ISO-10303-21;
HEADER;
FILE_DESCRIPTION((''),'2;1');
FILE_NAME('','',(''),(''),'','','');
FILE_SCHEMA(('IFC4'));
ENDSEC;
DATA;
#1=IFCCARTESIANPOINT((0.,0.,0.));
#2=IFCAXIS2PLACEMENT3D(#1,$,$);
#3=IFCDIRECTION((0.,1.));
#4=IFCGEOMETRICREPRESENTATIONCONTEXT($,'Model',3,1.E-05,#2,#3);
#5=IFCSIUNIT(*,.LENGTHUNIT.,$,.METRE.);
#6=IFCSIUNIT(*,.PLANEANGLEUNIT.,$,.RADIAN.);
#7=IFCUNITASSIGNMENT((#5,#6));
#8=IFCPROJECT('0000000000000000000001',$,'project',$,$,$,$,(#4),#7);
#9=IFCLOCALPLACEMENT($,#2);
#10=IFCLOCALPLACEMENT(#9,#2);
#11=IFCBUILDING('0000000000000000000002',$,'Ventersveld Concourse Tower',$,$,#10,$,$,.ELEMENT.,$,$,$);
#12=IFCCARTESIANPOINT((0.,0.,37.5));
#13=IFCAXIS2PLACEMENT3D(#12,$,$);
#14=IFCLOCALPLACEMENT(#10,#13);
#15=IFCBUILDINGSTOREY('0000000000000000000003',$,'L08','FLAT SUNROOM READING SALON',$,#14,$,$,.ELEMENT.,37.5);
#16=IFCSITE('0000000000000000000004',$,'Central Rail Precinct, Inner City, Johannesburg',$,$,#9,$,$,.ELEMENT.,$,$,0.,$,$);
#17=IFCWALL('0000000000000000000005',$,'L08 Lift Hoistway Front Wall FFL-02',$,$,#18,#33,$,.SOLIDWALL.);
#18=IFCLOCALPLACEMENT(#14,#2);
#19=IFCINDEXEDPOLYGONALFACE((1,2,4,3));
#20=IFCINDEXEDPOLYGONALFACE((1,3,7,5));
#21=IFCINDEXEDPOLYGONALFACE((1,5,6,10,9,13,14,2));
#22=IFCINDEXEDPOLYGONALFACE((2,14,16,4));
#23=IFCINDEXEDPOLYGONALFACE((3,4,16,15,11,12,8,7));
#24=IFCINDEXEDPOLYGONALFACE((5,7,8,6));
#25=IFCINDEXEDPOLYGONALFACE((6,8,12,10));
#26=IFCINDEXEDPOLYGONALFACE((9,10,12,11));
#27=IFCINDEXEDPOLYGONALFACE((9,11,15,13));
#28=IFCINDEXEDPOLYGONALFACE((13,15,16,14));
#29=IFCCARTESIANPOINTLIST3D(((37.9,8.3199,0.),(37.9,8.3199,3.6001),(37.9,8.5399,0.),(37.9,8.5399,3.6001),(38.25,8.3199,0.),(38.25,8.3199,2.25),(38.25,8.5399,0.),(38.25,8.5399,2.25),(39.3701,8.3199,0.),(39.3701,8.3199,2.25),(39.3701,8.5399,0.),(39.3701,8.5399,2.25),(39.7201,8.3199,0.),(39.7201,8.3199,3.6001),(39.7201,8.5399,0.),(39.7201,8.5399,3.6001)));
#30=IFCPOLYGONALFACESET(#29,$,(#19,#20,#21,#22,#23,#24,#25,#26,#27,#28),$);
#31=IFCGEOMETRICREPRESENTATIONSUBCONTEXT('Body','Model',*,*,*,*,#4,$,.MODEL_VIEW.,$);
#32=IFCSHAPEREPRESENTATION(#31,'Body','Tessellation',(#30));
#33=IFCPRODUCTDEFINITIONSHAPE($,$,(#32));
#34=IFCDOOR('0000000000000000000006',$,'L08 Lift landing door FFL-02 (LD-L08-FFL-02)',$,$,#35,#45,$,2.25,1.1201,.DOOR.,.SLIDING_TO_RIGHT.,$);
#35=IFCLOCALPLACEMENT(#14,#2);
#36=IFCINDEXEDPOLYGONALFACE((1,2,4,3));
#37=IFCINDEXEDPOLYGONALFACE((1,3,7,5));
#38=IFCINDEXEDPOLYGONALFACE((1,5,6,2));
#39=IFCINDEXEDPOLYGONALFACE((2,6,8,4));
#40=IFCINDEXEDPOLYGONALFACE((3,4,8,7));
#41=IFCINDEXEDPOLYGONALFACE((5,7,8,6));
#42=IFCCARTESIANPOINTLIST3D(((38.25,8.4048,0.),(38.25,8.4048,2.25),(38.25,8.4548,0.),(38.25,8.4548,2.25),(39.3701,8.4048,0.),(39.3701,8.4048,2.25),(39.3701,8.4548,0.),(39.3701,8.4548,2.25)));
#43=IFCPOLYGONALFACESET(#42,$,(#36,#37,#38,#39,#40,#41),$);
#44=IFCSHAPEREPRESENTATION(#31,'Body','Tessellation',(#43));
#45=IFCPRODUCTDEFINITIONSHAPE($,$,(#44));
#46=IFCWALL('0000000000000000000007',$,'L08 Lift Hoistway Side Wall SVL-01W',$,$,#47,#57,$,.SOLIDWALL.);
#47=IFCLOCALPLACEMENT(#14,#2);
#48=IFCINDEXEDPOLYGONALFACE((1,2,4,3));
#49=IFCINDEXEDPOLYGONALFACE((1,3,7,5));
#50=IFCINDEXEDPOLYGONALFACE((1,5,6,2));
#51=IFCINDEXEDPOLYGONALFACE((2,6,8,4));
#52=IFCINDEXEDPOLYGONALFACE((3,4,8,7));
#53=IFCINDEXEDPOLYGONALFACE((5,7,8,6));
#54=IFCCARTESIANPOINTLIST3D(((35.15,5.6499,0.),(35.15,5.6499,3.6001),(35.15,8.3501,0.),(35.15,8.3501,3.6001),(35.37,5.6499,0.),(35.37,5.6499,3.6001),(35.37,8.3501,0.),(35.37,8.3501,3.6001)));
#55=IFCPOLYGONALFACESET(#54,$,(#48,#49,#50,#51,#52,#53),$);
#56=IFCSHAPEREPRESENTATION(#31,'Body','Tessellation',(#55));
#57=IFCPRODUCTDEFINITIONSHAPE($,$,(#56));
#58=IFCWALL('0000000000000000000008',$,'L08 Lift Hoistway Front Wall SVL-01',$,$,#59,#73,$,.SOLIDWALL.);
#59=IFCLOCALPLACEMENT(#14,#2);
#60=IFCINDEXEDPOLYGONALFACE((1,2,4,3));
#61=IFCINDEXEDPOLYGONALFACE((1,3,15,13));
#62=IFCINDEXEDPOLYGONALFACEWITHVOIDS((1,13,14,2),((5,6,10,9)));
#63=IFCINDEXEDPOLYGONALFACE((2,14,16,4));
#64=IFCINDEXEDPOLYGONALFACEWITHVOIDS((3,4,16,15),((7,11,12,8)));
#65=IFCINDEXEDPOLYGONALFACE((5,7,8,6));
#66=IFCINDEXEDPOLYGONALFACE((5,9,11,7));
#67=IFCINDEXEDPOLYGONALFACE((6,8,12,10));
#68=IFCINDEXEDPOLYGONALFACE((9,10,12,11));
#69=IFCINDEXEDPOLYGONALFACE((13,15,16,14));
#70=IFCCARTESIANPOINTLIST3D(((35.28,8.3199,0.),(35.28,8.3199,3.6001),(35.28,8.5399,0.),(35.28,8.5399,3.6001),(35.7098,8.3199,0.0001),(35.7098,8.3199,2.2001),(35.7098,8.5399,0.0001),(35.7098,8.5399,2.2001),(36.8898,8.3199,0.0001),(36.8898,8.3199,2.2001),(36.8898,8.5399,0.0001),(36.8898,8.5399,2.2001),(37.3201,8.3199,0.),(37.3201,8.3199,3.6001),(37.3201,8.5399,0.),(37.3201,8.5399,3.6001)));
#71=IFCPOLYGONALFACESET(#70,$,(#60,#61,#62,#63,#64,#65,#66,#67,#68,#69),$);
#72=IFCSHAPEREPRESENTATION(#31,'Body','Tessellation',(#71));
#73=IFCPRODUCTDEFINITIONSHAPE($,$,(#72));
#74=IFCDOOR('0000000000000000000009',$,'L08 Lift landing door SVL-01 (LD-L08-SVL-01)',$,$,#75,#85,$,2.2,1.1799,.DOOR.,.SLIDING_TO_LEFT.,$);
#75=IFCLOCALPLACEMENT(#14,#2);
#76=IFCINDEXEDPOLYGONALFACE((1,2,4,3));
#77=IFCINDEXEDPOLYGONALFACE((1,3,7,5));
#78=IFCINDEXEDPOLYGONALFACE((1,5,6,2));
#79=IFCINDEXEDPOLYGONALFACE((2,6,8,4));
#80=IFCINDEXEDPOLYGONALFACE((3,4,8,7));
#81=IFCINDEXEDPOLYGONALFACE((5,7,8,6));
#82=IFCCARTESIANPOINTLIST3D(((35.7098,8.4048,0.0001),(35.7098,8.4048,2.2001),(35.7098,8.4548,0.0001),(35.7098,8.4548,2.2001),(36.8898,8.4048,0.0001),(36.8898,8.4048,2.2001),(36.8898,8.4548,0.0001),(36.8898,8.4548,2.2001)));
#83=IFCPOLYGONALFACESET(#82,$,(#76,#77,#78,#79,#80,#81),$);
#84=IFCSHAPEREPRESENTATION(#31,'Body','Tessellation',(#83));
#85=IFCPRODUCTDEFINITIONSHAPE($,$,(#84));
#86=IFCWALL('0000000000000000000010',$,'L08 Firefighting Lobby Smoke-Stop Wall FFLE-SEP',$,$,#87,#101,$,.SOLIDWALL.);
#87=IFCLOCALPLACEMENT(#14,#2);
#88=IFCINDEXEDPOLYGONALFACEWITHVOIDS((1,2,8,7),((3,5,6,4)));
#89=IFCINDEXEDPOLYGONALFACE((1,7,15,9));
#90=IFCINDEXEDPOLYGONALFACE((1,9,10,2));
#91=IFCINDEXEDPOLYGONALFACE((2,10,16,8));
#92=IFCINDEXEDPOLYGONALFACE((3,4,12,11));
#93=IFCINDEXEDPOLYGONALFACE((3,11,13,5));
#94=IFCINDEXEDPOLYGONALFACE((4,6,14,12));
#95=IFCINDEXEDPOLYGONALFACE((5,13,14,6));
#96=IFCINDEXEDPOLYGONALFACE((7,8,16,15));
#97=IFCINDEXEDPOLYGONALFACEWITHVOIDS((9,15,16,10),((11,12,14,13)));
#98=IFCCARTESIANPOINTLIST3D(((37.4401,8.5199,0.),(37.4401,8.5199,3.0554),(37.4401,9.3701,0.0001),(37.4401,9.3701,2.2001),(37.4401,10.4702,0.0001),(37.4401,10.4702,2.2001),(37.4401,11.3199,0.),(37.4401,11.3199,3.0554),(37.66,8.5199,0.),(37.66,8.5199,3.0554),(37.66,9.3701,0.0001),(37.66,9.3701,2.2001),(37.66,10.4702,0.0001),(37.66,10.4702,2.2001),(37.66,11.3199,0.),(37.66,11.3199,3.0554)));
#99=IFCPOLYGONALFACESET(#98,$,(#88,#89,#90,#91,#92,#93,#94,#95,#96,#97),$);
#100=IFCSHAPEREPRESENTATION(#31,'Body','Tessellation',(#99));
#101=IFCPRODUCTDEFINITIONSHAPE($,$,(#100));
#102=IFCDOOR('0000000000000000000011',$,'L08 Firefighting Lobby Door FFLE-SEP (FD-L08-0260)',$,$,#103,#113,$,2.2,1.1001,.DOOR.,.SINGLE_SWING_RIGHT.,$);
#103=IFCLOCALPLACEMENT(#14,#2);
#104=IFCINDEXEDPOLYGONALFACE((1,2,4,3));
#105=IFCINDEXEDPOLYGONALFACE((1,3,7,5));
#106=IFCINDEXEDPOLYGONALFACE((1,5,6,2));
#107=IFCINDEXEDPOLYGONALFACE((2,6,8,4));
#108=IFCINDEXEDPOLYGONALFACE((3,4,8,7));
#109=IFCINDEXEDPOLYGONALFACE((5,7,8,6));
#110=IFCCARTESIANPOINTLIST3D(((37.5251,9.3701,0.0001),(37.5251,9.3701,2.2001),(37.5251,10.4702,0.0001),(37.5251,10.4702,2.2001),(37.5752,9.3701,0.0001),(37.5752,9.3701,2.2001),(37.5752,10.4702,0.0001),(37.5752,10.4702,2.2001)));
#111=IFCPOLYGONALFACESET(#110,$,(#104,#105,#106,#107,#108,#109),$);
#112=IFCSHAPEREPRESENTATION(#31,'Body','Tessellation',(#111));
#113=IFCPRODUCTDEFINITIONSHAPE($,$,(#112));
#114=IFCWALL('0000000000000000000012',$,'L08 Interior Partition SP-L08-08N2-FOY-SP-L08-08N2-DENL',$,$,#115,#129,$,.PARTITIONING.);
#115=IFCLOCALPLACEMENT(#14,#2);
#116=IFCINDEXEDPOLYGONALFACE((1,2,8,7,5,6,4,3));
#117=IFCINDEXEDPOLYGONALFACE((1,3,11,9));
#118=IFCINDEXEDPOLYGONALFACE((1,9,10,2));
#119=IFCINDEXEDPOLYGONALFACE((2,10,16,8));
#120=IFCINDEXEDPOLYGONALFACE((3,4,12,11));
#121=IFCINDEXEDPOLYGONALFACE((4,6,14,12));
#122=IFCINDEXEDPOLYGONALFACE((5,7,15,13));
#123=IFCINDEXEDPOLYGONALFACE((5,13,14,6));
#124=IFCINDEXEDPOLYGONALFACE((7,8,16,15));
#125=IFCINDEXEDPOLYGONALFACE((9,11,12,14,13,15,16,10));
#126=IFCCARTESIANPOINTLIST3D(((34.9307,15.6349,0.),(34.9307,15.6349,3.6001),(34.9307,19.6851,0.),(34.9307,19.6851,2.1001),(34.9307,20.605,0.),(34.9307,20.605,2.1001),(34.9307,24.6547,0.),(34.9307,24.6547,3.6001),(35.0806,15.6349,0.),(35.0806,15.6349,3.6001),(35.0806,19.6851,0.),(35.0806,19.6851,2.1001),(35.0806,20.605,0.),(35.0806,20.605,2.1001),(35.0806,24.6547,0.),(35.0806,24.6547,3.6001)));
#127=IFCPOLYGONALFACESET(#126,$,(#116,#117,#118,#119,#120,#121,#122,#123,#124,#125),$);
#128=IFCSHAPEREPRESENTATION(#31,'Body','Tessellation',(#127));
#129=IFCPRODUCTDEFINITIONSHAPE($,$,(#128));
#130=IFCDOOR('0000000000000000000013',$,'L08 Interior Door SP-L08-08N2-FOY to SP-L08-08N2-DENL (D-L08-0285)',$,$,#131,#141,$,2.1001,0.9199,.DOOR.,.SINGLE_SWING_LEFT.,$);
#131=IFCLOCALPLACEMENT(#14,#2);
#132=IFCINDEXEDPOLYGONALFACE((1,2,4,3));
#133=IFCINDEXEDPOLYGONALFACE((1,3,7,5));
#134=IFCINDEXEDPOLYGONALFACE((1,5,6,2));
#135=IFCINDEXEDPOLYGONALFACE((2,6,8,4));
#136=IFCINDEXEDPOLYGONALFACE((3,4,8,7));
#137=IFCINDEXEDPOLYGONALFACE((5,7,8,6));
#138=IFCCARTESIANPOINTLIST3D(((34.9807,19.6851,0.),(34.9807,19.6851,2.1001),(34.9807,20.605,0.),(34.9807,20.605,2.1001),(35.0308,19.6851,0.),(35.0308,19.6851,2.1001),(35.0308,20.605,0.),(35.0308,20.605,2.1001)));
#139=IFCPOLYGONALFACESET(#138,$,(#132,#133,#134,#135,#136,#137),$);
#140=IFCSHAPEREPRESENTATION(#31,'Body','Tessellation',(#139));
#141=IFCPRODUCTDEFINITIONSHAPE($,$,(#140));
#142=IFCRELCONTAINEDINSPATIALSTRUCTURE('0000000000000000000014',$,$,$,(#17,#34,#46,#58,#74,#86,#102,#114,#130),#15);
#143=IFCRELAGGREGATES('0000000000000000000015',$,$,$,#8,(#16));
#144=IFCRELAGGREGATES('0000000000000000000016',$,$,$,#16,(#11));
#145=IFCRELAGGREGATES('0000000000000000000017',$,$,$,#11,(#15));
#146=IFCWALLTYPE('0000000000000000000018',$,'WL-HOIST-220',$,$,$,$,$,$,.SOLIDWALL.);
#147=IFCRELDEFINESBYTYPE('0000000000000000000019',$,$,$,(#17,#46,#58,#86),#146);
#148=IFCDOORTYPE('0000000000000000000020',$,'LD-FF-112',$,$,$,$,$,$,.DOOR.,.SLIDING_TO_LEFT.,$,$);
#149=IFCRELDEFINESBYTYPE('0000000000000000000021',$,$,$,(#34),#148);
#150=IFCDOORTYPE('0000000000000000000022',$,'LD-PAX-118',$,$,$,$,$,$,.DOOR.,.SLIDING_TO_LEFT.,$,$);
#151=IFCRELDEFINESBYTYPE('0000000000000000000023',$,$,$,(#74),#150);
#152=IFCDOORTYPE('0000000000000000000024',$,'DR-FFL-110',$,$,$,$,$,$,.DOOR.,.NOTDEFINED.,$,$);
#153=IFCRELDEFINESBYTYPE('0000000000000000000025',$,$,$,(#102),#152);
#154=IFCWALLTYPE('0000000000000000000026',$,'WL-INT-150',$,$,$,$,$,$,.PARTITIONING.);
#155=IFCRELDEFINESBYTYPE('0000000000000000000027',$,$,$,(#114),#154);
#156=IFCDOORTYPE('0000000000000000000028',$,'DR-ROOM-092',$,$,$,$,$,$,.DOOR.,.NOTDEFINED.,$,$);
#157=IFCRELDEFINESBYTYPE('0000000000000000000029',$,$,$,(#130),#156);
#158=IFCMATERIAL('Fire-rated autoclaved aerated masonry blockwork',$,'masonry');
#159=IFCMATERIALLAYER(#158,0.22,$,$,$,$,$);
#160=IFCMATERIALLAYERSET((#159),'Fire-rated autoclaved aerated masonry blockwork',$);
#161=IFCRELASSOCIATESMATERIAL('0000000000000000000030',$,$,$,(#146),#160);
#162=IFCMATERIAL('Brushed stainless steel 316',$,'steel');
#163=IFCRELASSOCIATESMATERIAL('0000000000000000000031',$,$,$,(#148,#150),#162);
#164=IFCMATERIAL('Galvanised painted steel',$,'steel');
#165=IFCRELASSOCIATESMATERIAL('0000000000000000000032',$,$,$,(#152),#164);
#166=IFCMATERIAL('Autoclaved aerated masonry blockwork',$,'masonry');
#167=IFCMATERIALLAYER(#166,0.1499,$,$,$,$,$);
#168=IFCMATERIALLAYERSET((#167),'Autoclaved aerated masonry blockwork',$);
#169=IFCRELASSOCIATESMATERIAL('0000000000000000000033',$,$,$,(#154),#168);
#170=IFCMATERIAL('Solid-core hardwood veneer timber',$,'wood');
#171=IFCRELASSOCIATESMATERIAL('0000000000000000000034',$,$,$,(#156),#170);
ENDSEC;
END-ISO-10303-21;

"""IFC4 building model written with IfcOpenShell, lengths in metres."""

from ifc_helpers import new_model, si_unit, direction, frame, frame_2d, origin, place, context, subcontext, project, spatial, rectangle, extrude, material, layer, layer_set, type_object, element, fill, save


model = new_model("IFC4")

# Units and contexts
model_context = context("Model", 3, precision=1e-05, world=origin(), true_north=direction((0.0, 1.0)))
body_context = subcontext(model_context, "Body", "Model", "MODEL_VIEW")
ifc_project = project(units=[si_unit("LENGTHUNIT", "METRE"), si_unit("PLANEANGLEUNIT", "RADIAN")], contexts=[model_context])

# Site, building, storey
site_placement = place(None, origin())
site = spatial("IfcSite", under=ifc_project, at=site_placement, Name="Central Rail Precinct, Inner City, Johannesburg", CompositionType="ELEMENT", RefElevation=0.0)
building_placement = place(site_placement, origin())
building = spatial("IfcBuilding", under=site, at=building_placement, Name="Ventersveld Concourse Tower", CompositionType="ELEMENT")
storey_placement = place(building_placement, frame((0.0, 0.0, 37.5)))
storey = spatial("IfcBuildingStorey", under=building, at=storey_placement, Name="L08", Description="FLAT SUNROOM READING SALON", CompositionType="ELEMENT", Elevation=37.5)

# Shared definitions
ifc_material_1 = material(Name="Fire-rated autoclaved aerated masonry blockwork", Category="masonry")

# Shared definitions
ifc_material_2 = material(Name="Solid-core hardwood veneer timber", Category="wood")

# Shared definitions
ifc_layer_1 = layer(ifc_material_1, 0.22)
ifc_layer_set_1 = layer_set([ifc_layer_1], Name="Fire-rated autoclaved aerated masonry blockwork")
wall_type_1 = type_object("IfcWallType", Name="WL-HOIST-220", PredefinedType="SOLIDWALL", material=ifc_layer_set_1)

# Wall, opening, door
wall_1_placement = place(storey_placement, frame((37.8999, 8.4299, 0.0), z_axis=(0.0, 0.0, 1.0), x_axis=(1.0, 0.0, 0.0)))
wall_1 = element("IfcWall", 1, at=wall_1_placement, inside=storey, type_object=wall_type_1, Name="L08 Lift Hoistway Front Wall FFL-02", PredefinedType="SOLIDWALL", context=body_context, shape_type="SweptSolid", body=[
    extrude(rectangle(XDim=1.8201, YDim=0.22, at=frame_2d((0.9102, 0.0))), origin(), (0.0, 0.0, 1.0), 3.6001),
])
opening_1_placement = place(wall_1_placement, frame((0.3501, 0.0, 0.0)))
opening_1 = element("IfcOpeningElement", 2, at=opening_1_placement, cuts=wall_1, PredefinedType="OPENING", context=body_context, shape_type="SweptSolid", body=[
    extrude(rectangle(XDim=1.1201, YDim=2.25, at=frame_2d((0.5601, 1.125))), frame((0.0, 0.1201, 0.0), z_axis=(0.0, -1.0, 0.0), x_axis=(1.0, 0.0, 0.0)), (0.0, 0.0, 1.0), 0.24),
])
ifc_material_3 = material(Name="Brushed stainless steel 316", Category="steel")
door_type_1 = type_object("IfcDoorType", Name="LD-FF-112", OperationType="SLIDING_TO_LEFT", PredefinedType="DOOR", material=ifc_material_3)
door_1_placement = place(opening_1_placement, origin())
door_1 = element("IfcDoor", 3, at=door_1_placement, inside=storey, type_object=door_type_1, Name="L08 Lift landing door FFL-02 (LD-L08-FFL-02)", OperationType="SLIDING_TO_RIGHT", OverallHeight=2.25, OverallWidth=1.1201, PredefinedType="DOOR", context=body_context, shape_type="SweptSolid", body=[
    extrude(rectangle(XDim=1.1201, YDim=2.25, at=frame_2d((0.5601, 1.125))), frame((0.0, 0.0249, 0.0), z_axis=(0.0, -1.0, 0.0), x_axis=(1.0, 0.0, 0.0)), (0.0, 0.0, 1.0), 0.05),
])
fill(opening_1, door_1)

# Wall
wall_2_placement = place(storey_placement, frame((35.26, 5.6499, 0.0), z_axis=(0.0, 0.0, 1.0), x_axis=(0.0, 1.0, 0.0)))
element("IfcWall", 4, at=wall_2_placement, inside=storey, type_object=wall_type_1, Name="L08 Lift Hoistway Side Wall SVL-01W", PredefinedType="SOLIDWALL", context=body_context, shape_type="SweptSolid", body=[
    extrude(rectangle(XDim=2.7002, YDim=0.22, at=frame_2d((1.3501, 0.0))), origin(), (0.0, 0.0, 1.0), 3.6001),
])

# Walls, openings, doors
wall_3_placement = place(storey_placement, frame((35.28, 8.4299, 0.0), z_axis=(0.0, 0.0, 1.0), x_axis=(1.0, 0.0, 0.0)))
wall_3 = element("IfcWall", 5, at=wall_3_placement, inside=storey, type_object=wall_type_1, Name="L08 Lift Hoistway Front Wall SVL-01", PredefinedType="SOLIDWALL", context=body_context, shape_type="SweptSolid", body=[
    extrude(rectangle(XDim=2.04, YDim=0.22, at=frame_2d((1.02, 0.0))), origin(), (0.0, 0.0, 1.0), 3.6001),
])
opening_2_placement = place(wall_3_placement, frame((0.4299, 0.0, 0.0)))
opening_2 = element("IfcOpeningElement", 6, at=opening_2_placement, cuts=wall_3, PredefinedType="OPENING", context=body_context, shape_type="SweptSolid", body=[
    extrude(rectangle(XDim=1.1799, YDim=2.2, at=frame_2d((0.5898, 1.1001))), frame((0.0, 0.1201, 0.0), z_axis=(0.0, -1.0, 0.0), x_axis=(1.0, 0.0, 0.0)), (0.0, 0.0, 1.0), 0.24),
])
door_type_2 = type_object("IfcDoorType", Name="LD-PAX-118", OperationType="SLIDING_TO_LEFT", PredefinedType="DOOR", material=ifc_material_3)
door_2_placement = place(opening_2_placement, origin())
door_2 = element("IfcDoor", 7, at=door_2_placement, inside=storey, type_object=door_type_2, Name="L08 Lift landing door SVL-01 (LD-L08-SVL-01)", OperationType="SLIDING_TO_LEFT", OverallHeight=2.2, OverallWidth=1.1799, PredefinedType="DOOR", context=body_context, shape_type="SweptSolid", body=[
    extrude(rectangle(XDim=1.1799, YDim=2.2, at=frame_2d((0.5898, 1.1001))), frame((0.0, 0.0249, 0.0), z_axis=(0.0, -1.0, 0.0), x_axis=(1.0, 0.0, 0.0)), (0.0, 0.0, 1.0), 0.05),
])
fill(opening_2, door_2)
wall_4_placement = place(storey_placement, frame((37.55, 8.52, 0.0), z_axis=(0.0, 0.0, 1.0), x_axis=(0.0, 1.0, 0.0)))
wall_4 = element("IfcWall", 8, at=wall_4_placement, inside=storey, type_object=wall_type_1, Name="L08 Firefighting Lobby Smoke-Stop Wall FFLE-SEP", PredefinedType="SOLIDWALL", context=body_context, shape_type="SweptSolid", body=[
    extrude(rectangle(XDim=2.8, YDim=0.22, at=frame_2d((1.3999, 0.0))), origin(), (0.0, 0.0, 1.0), 3.0554),
])
opening_3_placement = place(wall_4_placement, frame((0.8501, 0.0, 0.0)))
opening_3 = element("IfcOpeningElement", 9, at=opening_3_placement, cuts=wall_4, PredefinedType="OPENING", context=body_context, shape_type="SweptSolid", body=[
    extrude(rectangle(XDim=1.1001, YDim=2.2, at=frame_2d((0.55, 1.1001))), frame((0.0, 0.1201, 0.0), z_axis=(0.0, -1.0, 0.0), x_axis=(1.0, 0.0, 0.0)), (0.0, 0.0, 1.0), 0.24),
])
ifc_material_4 = material(Name="Galvanised painted steel", Category="steel")
door_type_3 = type_object("IfcDoorType", Name="DR-FFL-110", OperationType="NOTDEFINED", PredefinedType="DOOR", material=ifc_material_4)
door_3_placement = place(opening_3_placement, origin())
door_3 = element("IfcDoor", 10, at=door_3_placement, inside=storey, type_object=door_type_3, Name="L08 Firefighting Lobby Door FFLE-SEP (FD-L08-0260)", OperationType="SINGLE_SWING_RIGHT", OverallHeight=2.2, OverallWidth=1.1001, PredefinedType="DOOR", context=body_context, shape_type="SweptSolid", body=[
    extrude(rectangle(XDim=1.1001, YDim=2.2, at=frame_2d((0.55, 1.1001))), frame((0.0, 0.0249, 0.0), z_axis=(0.0, -1.0, 0.0), x_axis=(1.0, 0.0, 0.0)), (0.0, 0.0, 1.0), 0.05),
])
fill(opening_3, door_3)
ifc_material_5 = material(Name="Autoclaved aerated masonry blockwork", Category="masonry")
ifc_layer_2 = layer(ifc_material_5, 0.1499)
ifc_layer_set_2 = layer_set([ifc_layer_2], Name="Autoclaved aerated masonry blockwork")
wall_type_2 = type_object("IfcWallType", Name="WL-INT-150", PredefinedType="PARTITIONING", material=ifc_layer_set_2)
wall_5_placement = place(storey_placement, frame((35.0056, 15.635, 0.0), z_axis=(0.0, 0.0, 1.0), x_axis=(0.0, 1.0, 0.0)))
wall_5 = element("IfcWall", 11, at=wall_5_placement, inside=storey, type_object=wall_type_2, Name="L08 Interior Partition SP-L08-08N2-FOY-SP-L08-08N2-DENL", PredefinedType="PARTITIONING", context=body_context, shape_type="SweptSolid", body=[
    extrude(rectangle(XDim=9.0198, YDim=0.1499, at=frame_2d((4.5098, 0.0))), origin(), (0.0, 0.0, 1.0), 3.6001),
])
opening_4_placement = place(wall_5_placement, frame((4.05, 0.0, 0.0)))
opening_4 = element("IfcOpeningElement", 12, at=opening_4_placement, cuts=wall_5, PredefinedType="OPENING", context=body_context, shape_type="SweptSolid", body=[
    extrude(rectangle(XDim=0.9199, YDim=2.1001, at=frame_2d((0.46, 1.05))), frame((0.0, 0.085, 0.0), z_axis=(0.0, -1.0, 0.0), x_axis=(1.0, 0.0, 0.0)), (0.0, 0.0, 1.0), 0.1699),
])
door_type_4 = type_object("IfcDoorType", Name="DR-ROOM-092", OperationType="NOTDEFINED", PredefinedType="DOOR", material=ifc_material_2)
door_4_placement = place(opening_4_placement, origin())
door_4 = element("IfcDoor", 13, at=door_4_placement, inside=storey, type_object=door_type_4, Name="L08 Interior Door SP-L08-08N2-FOY to SP-L08-08N2-DENL (D-L08-0285)", OperationType="SINGLE_SWING_LEFT", OverallHeight=2.1001, OverallWidth=0.9199, PredefinedType="DOOR", context=body_context, shape_type="SweptSolid", body=[
    extrude(rectangle(XDim=0.9199, YDim=2.1001, at=frame_2d((0.46, 1.05))), frame((0.0, 0.0249, 0.0), z_axis=(0.0, -1.0, 0.0), x_axis=(1.0, 0.0, 0.0)), (0.0, 0.0, 1.0), 0.05),
])
fill(opening_4, door_4)

save(model, "model.ifc")
